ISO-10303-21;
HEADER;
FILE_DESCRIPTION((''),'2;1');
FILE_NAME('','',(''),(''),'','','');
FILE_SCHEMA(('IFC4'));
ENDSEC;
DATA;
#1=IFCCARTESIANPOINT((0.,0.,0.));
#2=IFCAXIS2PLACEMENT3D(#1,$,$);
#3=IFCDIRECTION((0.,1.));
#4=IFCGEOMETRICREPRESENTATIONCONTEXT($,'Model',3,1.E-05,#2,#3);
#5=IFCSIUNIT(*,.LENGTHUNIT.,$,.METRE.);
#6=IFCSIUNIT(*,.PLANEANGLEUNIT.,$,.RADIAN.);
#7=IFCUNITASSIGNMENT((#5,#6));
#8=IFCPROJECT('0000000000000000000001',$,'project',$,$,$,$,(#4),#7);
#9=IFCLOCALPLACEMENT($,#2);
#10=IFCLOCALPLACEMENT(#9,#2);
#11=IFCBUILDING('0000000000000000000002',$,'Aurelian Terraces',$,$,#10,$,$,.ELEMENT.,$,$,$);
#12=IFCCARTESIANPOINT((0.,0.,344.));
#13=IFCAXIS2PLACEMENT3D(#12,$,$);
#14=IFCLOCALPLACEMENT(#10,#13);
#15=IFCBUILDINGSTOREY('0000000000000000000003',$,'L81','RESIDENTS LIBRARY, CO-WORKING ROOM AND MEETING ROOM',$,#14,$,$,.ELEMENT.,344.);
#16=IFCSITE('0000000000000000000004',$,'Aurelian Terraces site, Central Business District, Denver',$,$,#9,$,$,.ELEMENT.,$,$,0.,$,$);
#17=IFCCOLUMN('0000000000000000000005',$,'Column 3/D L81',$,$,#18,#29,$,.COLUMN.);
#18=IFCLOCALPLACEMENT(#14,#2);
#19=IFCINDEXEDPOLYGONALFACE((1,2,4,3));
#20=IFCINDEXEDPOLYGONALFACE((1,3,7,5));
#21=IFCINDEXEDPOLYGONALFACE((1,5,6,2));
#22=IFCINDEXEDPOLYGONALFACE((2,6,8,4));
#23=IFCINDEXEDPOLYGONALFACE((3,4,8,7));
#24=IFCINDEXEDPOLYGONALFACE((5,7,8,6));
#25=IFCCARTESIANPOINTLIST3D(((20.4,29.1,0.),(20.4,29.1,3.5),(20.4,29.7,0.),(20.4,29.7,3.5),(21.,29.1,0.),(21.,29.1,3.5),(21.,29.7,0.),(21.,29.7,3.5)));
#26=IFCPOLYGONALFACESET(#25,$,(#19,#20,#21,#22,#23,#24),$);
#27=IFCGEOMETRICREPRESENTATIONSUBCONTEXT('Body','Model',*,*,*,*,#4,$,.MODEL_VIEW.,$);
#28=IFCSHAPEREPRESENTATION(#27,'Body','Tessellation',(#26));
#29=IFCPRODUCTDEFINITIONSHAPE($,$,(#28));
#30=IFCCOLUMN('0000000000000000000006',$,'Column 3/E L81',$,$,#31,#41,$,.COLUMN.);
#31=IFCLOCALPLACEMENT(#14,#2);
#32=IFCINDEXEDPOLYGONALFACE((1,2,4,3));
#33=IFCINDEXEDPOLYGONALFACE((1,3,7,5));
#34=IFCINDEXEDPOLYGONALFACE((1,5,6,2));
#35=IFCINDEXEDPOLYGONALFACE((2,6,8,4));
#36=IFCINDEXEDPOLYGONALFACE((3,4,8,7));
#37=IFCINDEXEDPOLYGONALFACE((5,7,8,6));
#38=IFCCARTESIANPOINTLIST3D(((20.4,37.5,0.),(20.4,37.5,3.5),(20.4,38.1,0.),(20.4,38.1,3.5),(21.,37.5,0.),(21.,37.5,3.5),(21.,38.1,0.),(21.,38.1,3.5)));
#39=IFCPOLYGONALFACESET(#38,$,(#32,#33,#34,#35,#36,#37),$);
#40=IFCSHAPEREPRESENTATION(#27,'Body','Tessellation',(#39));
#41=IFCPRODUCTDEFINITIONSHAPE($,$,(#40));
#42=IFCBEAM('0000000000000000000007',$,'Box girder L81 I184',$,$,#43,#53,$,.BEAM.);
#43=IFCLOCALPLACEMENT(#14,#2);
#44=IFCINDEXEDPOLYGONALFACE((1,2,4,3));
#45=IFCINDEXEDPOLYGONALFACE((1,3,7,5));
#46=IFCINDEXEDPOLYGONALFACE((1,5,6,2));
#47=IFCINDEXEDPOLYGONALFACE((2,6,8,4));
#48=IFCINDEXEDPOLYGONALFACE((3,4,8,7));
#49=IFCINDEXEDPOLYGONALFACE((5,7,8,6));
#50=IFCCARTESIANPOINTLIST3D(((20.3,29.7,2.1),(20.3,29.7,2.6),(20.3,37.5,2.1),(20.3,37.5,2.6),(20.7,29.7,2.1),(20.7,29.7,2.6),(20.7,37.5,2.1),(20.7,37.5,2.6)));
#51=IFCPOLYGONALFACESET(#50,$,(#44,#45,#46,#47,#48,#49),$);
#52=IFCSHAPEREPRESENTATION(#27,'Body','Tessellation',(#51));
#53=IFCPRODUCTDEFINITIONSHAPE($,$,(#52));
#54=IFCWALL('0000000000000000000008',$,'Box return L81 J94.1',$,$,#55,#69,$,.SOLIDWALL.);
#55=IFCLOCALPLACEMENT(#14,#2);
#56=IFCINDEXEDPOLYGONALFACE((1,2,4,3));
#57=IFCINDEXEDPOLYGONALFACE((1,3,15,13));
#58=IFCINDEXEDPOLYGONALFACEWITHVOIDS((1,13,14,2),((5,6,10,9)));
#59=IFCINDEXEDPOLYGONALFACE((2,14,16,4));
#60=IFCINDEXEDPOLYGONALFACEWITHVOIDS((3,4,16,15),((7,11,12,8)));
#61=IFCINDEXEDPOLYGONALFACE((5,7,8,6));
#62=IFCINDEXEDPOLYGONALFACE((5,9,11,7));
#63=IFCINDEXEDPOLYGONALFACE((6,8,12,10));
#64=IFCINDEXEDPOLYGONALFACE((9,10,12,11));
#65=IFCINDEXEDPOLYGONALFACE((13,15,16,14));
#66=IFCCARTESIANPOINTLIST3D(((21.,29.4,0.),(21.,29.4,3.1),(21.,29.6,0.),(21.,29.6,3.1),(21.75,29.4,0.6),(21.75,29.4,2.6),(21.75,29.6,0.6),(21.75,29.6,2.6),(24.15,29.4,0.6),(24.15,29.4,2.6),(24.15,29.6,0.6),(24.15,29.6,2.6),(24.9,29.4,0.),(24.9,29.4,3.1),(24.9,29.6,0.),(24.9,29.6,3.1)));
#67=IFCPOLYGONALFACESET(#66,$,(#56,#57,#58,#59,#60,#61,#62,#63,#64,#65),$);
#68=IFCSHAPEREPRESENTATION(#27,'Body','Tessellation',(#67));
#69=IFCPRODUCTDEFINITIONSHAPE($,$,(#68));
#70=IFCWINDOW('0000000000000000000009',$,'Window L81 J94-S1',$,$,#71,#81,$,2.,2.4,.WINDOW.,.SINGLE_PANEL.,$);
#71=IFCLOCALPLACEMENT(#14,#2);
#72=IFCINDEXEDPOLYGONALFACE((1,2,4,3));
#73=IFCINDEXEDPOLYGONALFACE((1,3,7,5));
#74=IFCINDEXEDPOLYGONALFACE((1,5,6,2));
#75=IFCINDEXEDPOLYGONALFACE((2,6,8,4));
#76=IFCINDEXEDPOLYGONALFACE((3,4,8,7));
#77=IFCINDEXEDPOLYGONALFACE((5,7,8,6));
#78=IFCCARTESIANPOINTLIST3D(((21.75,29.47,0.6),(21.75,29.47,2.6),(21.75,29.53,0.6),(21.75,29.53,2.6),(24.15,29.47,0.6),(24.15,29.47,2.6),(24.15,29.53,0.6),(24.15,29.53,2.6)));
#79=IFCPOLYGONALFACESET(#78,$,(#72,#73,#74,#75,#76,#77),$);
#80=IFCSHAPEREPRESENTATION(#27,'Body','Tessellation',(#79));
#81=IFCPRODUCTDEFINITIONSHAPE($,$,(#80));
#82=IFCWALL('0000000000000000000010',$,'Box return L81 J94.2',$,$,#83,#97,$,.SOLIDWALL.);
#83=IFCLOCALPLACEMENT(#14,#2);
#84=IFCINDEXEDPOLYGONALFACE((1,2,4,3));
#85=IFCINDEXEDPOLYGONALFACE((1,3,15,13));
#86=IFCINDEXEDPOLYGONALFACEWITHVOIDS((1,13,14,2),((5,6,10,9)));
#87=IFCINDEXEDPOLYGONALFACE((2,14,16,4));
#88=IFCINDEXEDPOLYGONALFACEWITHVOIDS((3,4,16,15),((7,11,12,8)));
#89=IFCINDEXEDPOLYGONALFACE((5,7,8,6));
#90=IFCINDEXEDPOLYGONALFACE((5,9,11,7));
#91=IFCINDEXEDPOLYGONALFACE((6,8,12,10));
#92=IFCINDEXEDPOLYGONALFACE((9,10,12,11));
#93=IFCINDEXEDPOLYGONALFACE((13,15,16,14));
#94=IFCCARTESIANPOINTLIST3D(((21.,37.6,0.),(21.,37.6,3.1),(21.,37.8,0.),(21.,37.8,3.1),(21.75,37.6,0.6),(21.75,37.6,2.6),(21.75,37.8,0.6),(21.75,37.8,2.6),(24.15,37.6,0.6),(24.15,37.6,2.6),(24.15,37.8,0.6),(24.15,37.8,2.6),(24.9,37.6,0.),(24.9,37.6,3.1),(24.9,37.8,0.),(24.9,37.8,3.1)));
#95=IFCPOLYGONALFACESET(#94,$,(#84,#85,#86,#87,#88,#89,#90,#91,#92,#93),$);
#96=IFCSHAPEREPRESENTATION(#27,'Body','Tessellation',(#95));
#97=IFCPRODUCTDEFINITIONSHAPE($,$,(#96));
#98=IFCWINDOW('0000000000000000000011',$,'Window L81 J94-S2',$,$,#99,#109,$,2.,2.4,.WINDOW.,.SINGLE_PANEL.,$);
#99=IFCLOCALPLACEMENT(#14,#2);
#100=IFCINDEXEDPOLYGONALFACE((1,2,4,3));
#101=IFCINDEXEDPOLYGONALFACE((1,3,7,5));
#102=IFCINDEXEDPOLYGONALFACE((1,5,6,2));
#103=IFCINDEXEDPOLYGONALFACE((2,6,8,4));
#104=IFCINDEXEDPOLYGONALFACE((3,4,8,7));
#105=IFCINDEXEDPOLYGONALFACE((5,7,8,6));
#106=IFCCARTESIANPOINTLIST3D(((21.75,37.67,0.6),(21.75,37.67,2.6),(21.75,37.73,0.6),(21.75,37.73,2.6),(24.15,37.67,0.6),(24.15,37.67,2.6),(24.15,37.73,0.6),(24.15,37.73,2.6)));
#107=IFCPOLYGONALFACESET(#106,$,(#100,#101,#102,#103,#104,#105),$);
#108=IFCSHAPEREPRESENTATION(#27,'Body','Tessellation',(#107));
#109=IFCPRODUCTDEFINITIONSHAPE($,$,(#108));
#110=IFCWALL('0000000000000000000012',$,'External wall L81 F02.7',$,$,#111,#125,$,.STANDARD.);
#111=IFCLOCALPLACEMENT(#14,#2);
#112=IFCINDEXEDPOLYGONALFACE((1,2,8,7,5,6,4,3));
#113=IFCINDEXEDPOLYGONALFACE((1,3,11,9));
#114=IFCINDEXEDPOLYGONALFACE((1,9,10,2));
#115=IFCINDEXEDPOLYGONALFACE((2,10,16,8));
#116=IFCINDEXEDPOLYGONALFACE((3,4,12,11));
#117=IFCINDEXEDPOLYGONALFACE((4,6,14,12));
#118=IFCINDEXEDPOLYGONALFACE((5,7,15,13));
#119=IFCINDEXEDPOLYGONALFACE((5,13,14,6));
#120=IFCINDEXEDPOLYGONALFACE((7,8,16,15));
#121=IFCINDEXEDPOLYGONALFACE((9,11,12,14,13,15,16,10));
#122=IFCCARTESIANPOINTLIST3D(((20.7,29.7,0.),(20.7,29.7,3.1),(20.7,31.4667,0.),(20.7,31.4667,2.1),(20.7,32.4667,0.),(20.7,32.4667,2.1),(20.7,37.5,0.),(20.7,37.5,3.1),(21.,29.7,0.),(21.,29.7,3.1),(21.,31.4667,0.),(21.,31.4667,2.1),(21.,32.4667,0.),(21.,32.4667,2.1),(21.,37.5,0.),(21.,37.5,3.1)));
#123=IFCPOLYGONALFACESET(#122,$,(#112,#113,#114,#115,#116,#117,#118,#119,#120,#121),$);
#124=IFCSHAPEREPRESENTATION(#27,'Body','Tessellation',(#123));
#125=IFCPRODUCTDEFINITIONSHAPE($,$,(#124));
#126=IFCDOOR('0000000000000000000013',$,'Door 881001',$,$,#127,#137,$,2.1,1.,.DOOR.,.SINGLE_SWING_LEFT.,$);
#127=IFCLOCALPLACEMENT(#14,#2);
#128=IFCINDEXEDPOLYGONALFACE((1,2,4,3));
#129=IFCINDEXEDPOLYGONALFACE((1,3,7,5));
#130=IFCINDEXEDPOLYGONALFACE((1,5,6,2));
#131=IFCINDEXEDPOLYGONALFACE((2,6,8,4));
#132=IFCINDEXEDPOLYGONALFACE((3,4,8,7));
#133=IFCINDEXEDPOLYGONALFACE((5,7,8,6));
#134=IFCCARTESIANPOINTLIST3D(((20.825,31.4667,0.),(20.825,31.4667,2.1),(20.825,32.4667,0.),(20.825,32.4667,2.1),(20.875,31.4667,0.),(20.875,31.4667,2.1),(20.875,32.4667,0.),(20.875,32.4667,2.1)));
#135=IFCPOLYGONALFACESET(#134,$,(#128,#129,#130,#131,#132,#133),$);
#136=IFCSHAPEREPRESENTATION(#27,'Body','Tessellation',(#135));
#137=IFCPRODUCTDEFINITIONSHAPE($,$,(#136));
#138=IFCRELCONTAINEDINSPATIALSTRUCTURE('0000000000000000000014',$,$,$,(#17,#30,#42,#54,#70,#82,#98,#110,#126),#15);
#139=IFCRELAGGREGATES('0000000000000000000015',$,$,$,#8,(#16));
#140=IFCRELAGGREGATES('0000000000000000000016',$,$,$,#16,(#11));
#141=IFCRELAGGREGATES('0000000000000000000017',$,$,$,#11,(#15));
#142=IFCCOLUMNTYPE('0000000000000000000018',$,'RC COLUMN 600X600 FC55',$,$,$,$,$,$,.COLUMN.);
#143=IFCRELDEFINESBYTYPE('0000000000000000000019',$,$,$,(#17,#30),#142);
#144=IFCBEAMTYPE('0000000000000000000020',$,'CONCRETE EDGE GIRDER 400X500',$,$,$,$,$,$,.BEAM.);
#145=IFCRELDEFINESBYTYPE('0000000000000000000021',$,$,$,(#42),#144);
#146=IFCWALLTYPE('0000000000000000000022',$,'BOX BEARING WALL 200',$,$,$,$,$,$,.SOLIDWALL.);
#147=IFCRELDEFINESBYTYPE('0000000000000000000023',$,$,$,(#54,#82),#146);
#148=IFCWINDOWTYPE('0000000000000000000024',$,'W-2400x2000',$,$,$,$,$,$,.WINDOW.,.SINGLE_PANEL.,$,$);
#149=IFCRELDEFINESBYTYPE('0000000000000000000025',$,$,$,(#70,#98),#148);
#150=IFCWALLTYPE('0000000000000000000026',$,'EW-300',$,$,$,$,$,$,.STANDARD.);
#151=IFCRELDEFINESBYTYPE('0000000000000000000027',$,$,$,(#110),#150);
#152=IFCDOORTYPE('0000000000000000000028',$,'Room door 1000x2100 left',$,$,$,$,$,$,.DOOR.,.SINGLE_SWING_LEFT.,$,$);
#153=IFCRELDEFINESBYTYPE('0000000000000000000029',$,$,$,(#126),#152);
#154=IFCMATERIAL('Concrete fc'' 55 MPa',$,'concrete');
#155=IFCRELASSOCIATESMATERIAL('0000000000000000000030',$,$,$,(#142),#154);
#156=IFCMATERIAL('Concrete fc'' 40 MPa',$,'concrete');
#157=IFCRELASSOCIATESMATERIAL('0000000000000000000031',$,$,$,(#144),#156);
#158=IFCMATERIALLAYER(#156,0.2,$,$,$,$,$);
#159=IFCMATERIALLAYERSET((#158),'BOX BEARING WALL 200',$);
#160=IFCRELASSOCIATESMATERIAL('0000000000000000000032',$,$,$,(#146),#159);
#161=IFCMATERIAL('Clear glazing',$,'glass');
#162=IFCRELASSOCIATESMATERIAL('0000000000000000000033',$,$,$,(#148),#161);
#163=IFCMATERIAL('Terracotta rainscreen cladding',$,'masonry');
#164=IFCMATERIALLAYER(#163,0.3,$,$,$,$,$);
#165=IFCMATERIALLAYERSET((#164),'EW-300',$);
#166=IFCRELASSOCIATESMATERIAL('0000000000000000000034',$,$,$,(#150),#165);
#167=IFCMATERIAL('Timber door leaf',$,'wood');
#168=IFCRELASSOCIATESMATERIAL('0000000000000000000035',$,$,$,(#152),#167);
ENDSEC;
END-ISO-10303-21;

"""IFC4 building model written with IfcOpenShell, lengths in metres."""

from ifc_helpers import new_model, si_unit, direction, frame, frame_2d, origin, origin_2d, place, context, subcontext, project, spatial, rectangle, extrude, source, transform, mapped, material, layer, layer_set, material_profile, profile_set, type_object, element, fill, save


model = new_model("IFC4")

# Units and contexts
model_context = context("Model", 3, precision=1e-05, world=origin(), true_north=direction((0.0, 1.0)))
body_context = subcontext(model_context, "Body", "Model", "MODEL_VIEW")
ifc_project = project(units=[si_unit("LENGTHUNIT", "METRE"), si_unit("PLANEANGLEUNIT", "RADIAN")], contexts=[model_context])

# Site, building, storey
site_placement = place(None, origin())
site = spatial("IfcSite", under=ifc_project, at=site_placement, Name="Aurelian Terraces site, Central Business District, Denver", CompositionType="ELEMENT", RefElevation=0.0)
building_placement = place(site_placement, origin())
building = spatial("IfcBuilding", under=site, at=building_placement, Name="Aurelian Terraces", CompositionType="ELEMENT")
storey_placement = place(building_placement, frame((0.0, 0.0, 344.0)))
storey = spatial("IfcBuildingStorey", under=building, at=storey_placement, Name="L81", Description="RESIDENTS LIBRARY, CO-WORKING ROOM AND MEETING ROOM", CompositionType="ELEMENT", Elevation=344.0)

# Columns
ifc_material_1 = material(Name="Concrete fc' 55 MPa", Category="concrete")
ifc_material_profile_1 = material_profile(ifc_material_1, rectangle(XDim=0.6, YDim=0.6, at=origin_2d()))
ifc_profile_set_1 = profile_set([ifc_material_profile_1], Name="Concrete fc' 55 MPa")
column_type = type_object("IfcColumnType", Name="RC COLUMN 600X600 FC55", PredefinedType="COLUMN", material=ifc_profile_set_1)
shared_shape_1 = source(origin(), body_context, "Body", "SweptSolid", [
    extrude(rectangle(XDim=0.6, YDim=0.6, at=origin_2d()), origin(), (0.0, 0.0, 1.0), 3.5),
])
for number, where, z_axis, x_axis, name in (
    (1, (20.7, 29.4, 0.0), (0.0, 0.0, 1.0), (1.0, 0.0, 0.0), "Column 3/D L81"),
    (2, (20.7, 37.8, 0.0), (0.0, 0.0, 1.0), (1.0, 0.0, 0.0), "Column 3/E L81"),
):
    element("IfcColumn", number, at=place(storey_placement, frame(where, z_axis=z_axis, x_axis=x_axis)), inside=storey, type_object=column_type, Name=name, PredefinedType="COLUMN", context=body_context, shape_type="MappedRepresentation", body=[
        mapped(shared_shape_1, transform((0.0, 0.0, 0.0), scale=1.0)),
    ])

# Beam
ifc_material_2 = material(Name="Concrete fc' 40 MPa", Category="concrete")
ifc_material_profile_2 = material_profile(ifc_material_2, rectangle(XDim=0.4, YDim=0.5, at=origin_2d()))
ifc_profile_set_2 = profile_set([ifc_material_profile_2], Name="Concrete fc' 40 MPa")
beam_type = type_object("IfcBeamType", Name="CONCRETE EDGE GIRDER 400X500", PredefinedType="BEAM", material=ifc_profile_set_2)
shared_shape_2 = source(origin(), body_context, "Body", "SweptSolid", [
    extrude(rectangle(XDim=0.4, YDim=0.5, at=origin_2d()), origin(), (0.0, 0.0, 1.0), 7.8),
])
beam_placement = place(storey_placement, frame((20.5, 29.7, 2.35), z_axis=(0.0, 1.0, 0.0), x_axis=(-1.0, 0.0, 0.0)))
element("IfcBeam", 3, at=beam_placement, inside=storey, type_object=beam_type, Name="Box girder L81 I184", PredefinedType="BEAM", context=body_context, shape_type="MappedRepresentation", body=[
    mapped(shared_shape_2, transform((0.0, 0.0, 0.0), scale=1.0)),
])

# Walls, openings, windows
ifc_layer_1 = layer(ifc_material_2, 0.2)
ifc_layer_set_1 = layer_set([ifc_layer_1], Name="BOX BEARING WALL 200")
wall_type_1 = type_object("IfcWallType", Name="BOX BEARING WALL 200", PredefinedType="SOLIDWALL", material=ifc_layer_set_1)
shared_shape_3 = source(origin(), body_context, "Body", "SweptSolid", [
    extrude(rectangle(XDim=3.9, YDim=0.2, at=frame_2d((1.95, 0.0))), origin(), (0.0, 0.0, 1.0), 3.1),
])
wall_1_placement = place(storey_placement, frame((21.0, 29.5, 0.0), z_axis=(0.0, 0.0, 1.0), x_axis=(1.0, 0.0, 0.0)))
wall_1 = element("IfcWall", 4, at=wall_1_placement, inside=storey, type_object=wall_type_1, Name="Box return L81 J94.1", PredefinedType="SOLIDWALL", context=body_context, shape_type="MappedRepresentation", body=[
    mapped(shared_shape_3, transform((0.0, 0.0, 0.0), scale=1.0)),
])
shared_shape_4 = source(origin(), body_context, "Body", "SweptSolid", [
    extrude(rectangle(XDim=2.4, YDim=2.0, at=frame_2d((1.2, 1.0))), frame((0.0, 0.11, 0.0), z_axis=(0.0, -1.0, 0.0), x_axis=(1.0, 0.0, 0.0)), (0.0, 0.0, 1.0), 0.22),
])
opening_1_placement = place(wall_1_placement, frame((0.75, 0.0, 0.6)))
opening_1 = element("IfcOpeningElement", 5, at=opening_1_placement, cuts=wall_1, PredefinedType="OPENING", context=body_context, shape_type="MappedRepresentation", body=[
    mapped(shared_shape_4, transform((0.0, 0.0, 0.0), scale=1.0)),
])
ifc_material_3 = material(Name="Clear glazing", Category="glass")
window_type_1 = type_object("IfcWindowType", Name="W-2400x2000", PartitioningType="SINGLE_PANEL", PredefinedType="WINDOW", material=ifc_material_3)
shared_shape_5 = source(origin(), body_context, "Body", "SweptSolid", [
    extrude(rectangle(XDim=2.4, YDim=2.0, at=frame_2d((1.2, 1.0))), frame((0.0, 0.03, 0.0), z_axis=(0.0, -1.0, 0.0), x_axis=(1.0, 0.0, 0.0)), (0.0, 0.0, 1.0), 0.06),
])
window_1_placement = place(opening_1_placement, origin())
window_1 = element("IfcWindow", 6, at=window_1_placement, inside=storey, type_object=window_type_1, Name="Window L81 J94-S1", OverallHeight=2.0, OverallWidth=2.4, PartitioningType="SINGLE_PANEL", PredefinedType="WINDOW", context=body_context, shape_type="MappedRepresentation", body=[
    mapped(shared_shape_5, transform((0.0, 0.0, 0.0), scale=1.0)),
])
fill(opening_1, window_1)
wall_2_placement = place(storey_placement, frame((21.0, 37.7, 0.0), z_axis=(0.0, 0.0, 1.0), x_axis=(1.0, 0.0, 0.0)))
wall_2 = element("IfcWall", 7, at=wall_2_placement, inside=storey, type_object=wall_type_1, Name="Box return L81 J94.2", PredefinedType="SOLIDWALL", context=body_context, shape_type="MappedRepresentation", body=[
    mapped(shared_shape_3, transform((0.0, 0.0, 0.0), scale=1.0)),
])
opening_2_placement = place(wall_2_placement, frame((0.75, 0.0, 0.6)))
opening_2 = element("IfcOpeningElement", 8, at=opening_2_placement, cuts=wall_2, PredefinedType="OPENING", context=body_context, shape_type="MappedRepresentation", body=[
    mapped(shared_shape_4, transform((0.0, 0.0, 0.0), scale=1.0)),
])
window_2_placement = place(opening_2_placement, origin())
window_2 = element("IfcWindow", 9, at=window_2_placement, inside=storey, type_object=window_type_1, Name="Window L81 J94-S2", OverallHeight=2.0, OverallWidth=2.4, PartitioningType="SINGLE_PANEL", PredefinedType="WINDOW", context=body_context, shape_type="MappedRepresentation", body=[
    mapped(shared_shape_5, transform((0.0, 0.0, 0.0), scale=1.0)),
])
fill(opening_2, window_2)

# Wall, opening, door
ifc_material_4 = material(Name="Terracotta rainscreen cladding", Category="masonry")
ifc_layer_2 = layer(ifc_material_4, 0.3)
ifc_layer_set_2 = layer_set([ifc_layer_2], Name="EW-300")
wall_type_2 = type_object("IfcWallType", Name="EW-300", PredefinedType="STANDARD", material=ifc_layer_set_2)
shared_shape_6 = source(origin(), body_context, "Body", "SweptSolid", [
    extrude(rectangle(XDim=7.8, YDim=0.3, at=frame_2d((3.9, 0.0))), origin(), (0.0, 0.0, 1.0), 3.1),
])
wall_3_placement = place(storey_placement, frame((20.85, 29.7, 0.0), z_axis=(0.0, 0.0, 1.0), x_axis=(0.0, 1.0, 0.0)))
wall_3 = element("IfcWall", 10, at=wall_3_placement, inside=storey, type_object=wall_type_2, Name="External wall L81 F02.7", PredefinedType="STANDARD", context=body_context, shape_type="MappedRepresentation", body=[
    mapped(shared_shape_6, transform((0.0, 0.0, 0.0), scale=1.0)),
])
shared_shape_7 = source(origin(), body_context, "Body", "SweptSolid", [
    extrude(rectangle(XDim=1.0, YDim=2.1, at=frame_2d((0.5, 1.05))), frame((0.0, 0.16, 0.0), z_axis=(0.0, -1.0, 0.0), x_axis=(1.0, 0.0, 0.0)), (0.0, 0.0, 1.0), 0.32),
])
opening_3_placement = place(wall_3_placement, frame((1.7667, 0.0, 0.0)))
opening_3 = element("IfcOpeningElement", 11, at=opening_3_placement, cuts=wall_3, PredefinedType="OPENING", context=body_context, shape_type="MappedRepresentation", body=[
    mapped(shared_shape_7, transform((0.0, 0.0, 0.0), scale=1.0)),
])
ifc_material_5 = material(Name="Timber door leaf", Category="wood")
door_type_1 = type_object("IfcDoorType", Name="Room door 1000x2100 left", OperationType="SINGLE_SWING_LEFT", PredefinedType="DOOR", material=ifc_material_5)
shared_shape_8 = source(origin(), body_context, "Body", "SweptSolid", [
    extrude(rectangle(XDim=1.0, YDim=2.1, at=frame_2d((0.5, 1.05))), frame((0.0, 0.025, 0.0), z_axis=(0.0, -1.0, 0.0), x_axis=(1.0, 0.0, 0.0)), (0.0, 0.0, 1.0), 0.05),
])
door_1_placement = place(opening_3_placement, origin())
door_1 = element("IfcDoor", 12, at=door_1_placement, inside=storey, type_object=door_type_1, Name="Door 881001", OperationType="SINGLE_SWING_LEFT", OverallHeight=2.1, OverallWidth=1.0, PredefinedType="DOOR", context=body_context, shape_type="MappedRepresentation", body=[
    mapped(shared_shape_8, transform((0.0, 0.0, 0.0), scale=1.0)),
])
fill(opening_3, door_1)

save(model, "model.ifc")
